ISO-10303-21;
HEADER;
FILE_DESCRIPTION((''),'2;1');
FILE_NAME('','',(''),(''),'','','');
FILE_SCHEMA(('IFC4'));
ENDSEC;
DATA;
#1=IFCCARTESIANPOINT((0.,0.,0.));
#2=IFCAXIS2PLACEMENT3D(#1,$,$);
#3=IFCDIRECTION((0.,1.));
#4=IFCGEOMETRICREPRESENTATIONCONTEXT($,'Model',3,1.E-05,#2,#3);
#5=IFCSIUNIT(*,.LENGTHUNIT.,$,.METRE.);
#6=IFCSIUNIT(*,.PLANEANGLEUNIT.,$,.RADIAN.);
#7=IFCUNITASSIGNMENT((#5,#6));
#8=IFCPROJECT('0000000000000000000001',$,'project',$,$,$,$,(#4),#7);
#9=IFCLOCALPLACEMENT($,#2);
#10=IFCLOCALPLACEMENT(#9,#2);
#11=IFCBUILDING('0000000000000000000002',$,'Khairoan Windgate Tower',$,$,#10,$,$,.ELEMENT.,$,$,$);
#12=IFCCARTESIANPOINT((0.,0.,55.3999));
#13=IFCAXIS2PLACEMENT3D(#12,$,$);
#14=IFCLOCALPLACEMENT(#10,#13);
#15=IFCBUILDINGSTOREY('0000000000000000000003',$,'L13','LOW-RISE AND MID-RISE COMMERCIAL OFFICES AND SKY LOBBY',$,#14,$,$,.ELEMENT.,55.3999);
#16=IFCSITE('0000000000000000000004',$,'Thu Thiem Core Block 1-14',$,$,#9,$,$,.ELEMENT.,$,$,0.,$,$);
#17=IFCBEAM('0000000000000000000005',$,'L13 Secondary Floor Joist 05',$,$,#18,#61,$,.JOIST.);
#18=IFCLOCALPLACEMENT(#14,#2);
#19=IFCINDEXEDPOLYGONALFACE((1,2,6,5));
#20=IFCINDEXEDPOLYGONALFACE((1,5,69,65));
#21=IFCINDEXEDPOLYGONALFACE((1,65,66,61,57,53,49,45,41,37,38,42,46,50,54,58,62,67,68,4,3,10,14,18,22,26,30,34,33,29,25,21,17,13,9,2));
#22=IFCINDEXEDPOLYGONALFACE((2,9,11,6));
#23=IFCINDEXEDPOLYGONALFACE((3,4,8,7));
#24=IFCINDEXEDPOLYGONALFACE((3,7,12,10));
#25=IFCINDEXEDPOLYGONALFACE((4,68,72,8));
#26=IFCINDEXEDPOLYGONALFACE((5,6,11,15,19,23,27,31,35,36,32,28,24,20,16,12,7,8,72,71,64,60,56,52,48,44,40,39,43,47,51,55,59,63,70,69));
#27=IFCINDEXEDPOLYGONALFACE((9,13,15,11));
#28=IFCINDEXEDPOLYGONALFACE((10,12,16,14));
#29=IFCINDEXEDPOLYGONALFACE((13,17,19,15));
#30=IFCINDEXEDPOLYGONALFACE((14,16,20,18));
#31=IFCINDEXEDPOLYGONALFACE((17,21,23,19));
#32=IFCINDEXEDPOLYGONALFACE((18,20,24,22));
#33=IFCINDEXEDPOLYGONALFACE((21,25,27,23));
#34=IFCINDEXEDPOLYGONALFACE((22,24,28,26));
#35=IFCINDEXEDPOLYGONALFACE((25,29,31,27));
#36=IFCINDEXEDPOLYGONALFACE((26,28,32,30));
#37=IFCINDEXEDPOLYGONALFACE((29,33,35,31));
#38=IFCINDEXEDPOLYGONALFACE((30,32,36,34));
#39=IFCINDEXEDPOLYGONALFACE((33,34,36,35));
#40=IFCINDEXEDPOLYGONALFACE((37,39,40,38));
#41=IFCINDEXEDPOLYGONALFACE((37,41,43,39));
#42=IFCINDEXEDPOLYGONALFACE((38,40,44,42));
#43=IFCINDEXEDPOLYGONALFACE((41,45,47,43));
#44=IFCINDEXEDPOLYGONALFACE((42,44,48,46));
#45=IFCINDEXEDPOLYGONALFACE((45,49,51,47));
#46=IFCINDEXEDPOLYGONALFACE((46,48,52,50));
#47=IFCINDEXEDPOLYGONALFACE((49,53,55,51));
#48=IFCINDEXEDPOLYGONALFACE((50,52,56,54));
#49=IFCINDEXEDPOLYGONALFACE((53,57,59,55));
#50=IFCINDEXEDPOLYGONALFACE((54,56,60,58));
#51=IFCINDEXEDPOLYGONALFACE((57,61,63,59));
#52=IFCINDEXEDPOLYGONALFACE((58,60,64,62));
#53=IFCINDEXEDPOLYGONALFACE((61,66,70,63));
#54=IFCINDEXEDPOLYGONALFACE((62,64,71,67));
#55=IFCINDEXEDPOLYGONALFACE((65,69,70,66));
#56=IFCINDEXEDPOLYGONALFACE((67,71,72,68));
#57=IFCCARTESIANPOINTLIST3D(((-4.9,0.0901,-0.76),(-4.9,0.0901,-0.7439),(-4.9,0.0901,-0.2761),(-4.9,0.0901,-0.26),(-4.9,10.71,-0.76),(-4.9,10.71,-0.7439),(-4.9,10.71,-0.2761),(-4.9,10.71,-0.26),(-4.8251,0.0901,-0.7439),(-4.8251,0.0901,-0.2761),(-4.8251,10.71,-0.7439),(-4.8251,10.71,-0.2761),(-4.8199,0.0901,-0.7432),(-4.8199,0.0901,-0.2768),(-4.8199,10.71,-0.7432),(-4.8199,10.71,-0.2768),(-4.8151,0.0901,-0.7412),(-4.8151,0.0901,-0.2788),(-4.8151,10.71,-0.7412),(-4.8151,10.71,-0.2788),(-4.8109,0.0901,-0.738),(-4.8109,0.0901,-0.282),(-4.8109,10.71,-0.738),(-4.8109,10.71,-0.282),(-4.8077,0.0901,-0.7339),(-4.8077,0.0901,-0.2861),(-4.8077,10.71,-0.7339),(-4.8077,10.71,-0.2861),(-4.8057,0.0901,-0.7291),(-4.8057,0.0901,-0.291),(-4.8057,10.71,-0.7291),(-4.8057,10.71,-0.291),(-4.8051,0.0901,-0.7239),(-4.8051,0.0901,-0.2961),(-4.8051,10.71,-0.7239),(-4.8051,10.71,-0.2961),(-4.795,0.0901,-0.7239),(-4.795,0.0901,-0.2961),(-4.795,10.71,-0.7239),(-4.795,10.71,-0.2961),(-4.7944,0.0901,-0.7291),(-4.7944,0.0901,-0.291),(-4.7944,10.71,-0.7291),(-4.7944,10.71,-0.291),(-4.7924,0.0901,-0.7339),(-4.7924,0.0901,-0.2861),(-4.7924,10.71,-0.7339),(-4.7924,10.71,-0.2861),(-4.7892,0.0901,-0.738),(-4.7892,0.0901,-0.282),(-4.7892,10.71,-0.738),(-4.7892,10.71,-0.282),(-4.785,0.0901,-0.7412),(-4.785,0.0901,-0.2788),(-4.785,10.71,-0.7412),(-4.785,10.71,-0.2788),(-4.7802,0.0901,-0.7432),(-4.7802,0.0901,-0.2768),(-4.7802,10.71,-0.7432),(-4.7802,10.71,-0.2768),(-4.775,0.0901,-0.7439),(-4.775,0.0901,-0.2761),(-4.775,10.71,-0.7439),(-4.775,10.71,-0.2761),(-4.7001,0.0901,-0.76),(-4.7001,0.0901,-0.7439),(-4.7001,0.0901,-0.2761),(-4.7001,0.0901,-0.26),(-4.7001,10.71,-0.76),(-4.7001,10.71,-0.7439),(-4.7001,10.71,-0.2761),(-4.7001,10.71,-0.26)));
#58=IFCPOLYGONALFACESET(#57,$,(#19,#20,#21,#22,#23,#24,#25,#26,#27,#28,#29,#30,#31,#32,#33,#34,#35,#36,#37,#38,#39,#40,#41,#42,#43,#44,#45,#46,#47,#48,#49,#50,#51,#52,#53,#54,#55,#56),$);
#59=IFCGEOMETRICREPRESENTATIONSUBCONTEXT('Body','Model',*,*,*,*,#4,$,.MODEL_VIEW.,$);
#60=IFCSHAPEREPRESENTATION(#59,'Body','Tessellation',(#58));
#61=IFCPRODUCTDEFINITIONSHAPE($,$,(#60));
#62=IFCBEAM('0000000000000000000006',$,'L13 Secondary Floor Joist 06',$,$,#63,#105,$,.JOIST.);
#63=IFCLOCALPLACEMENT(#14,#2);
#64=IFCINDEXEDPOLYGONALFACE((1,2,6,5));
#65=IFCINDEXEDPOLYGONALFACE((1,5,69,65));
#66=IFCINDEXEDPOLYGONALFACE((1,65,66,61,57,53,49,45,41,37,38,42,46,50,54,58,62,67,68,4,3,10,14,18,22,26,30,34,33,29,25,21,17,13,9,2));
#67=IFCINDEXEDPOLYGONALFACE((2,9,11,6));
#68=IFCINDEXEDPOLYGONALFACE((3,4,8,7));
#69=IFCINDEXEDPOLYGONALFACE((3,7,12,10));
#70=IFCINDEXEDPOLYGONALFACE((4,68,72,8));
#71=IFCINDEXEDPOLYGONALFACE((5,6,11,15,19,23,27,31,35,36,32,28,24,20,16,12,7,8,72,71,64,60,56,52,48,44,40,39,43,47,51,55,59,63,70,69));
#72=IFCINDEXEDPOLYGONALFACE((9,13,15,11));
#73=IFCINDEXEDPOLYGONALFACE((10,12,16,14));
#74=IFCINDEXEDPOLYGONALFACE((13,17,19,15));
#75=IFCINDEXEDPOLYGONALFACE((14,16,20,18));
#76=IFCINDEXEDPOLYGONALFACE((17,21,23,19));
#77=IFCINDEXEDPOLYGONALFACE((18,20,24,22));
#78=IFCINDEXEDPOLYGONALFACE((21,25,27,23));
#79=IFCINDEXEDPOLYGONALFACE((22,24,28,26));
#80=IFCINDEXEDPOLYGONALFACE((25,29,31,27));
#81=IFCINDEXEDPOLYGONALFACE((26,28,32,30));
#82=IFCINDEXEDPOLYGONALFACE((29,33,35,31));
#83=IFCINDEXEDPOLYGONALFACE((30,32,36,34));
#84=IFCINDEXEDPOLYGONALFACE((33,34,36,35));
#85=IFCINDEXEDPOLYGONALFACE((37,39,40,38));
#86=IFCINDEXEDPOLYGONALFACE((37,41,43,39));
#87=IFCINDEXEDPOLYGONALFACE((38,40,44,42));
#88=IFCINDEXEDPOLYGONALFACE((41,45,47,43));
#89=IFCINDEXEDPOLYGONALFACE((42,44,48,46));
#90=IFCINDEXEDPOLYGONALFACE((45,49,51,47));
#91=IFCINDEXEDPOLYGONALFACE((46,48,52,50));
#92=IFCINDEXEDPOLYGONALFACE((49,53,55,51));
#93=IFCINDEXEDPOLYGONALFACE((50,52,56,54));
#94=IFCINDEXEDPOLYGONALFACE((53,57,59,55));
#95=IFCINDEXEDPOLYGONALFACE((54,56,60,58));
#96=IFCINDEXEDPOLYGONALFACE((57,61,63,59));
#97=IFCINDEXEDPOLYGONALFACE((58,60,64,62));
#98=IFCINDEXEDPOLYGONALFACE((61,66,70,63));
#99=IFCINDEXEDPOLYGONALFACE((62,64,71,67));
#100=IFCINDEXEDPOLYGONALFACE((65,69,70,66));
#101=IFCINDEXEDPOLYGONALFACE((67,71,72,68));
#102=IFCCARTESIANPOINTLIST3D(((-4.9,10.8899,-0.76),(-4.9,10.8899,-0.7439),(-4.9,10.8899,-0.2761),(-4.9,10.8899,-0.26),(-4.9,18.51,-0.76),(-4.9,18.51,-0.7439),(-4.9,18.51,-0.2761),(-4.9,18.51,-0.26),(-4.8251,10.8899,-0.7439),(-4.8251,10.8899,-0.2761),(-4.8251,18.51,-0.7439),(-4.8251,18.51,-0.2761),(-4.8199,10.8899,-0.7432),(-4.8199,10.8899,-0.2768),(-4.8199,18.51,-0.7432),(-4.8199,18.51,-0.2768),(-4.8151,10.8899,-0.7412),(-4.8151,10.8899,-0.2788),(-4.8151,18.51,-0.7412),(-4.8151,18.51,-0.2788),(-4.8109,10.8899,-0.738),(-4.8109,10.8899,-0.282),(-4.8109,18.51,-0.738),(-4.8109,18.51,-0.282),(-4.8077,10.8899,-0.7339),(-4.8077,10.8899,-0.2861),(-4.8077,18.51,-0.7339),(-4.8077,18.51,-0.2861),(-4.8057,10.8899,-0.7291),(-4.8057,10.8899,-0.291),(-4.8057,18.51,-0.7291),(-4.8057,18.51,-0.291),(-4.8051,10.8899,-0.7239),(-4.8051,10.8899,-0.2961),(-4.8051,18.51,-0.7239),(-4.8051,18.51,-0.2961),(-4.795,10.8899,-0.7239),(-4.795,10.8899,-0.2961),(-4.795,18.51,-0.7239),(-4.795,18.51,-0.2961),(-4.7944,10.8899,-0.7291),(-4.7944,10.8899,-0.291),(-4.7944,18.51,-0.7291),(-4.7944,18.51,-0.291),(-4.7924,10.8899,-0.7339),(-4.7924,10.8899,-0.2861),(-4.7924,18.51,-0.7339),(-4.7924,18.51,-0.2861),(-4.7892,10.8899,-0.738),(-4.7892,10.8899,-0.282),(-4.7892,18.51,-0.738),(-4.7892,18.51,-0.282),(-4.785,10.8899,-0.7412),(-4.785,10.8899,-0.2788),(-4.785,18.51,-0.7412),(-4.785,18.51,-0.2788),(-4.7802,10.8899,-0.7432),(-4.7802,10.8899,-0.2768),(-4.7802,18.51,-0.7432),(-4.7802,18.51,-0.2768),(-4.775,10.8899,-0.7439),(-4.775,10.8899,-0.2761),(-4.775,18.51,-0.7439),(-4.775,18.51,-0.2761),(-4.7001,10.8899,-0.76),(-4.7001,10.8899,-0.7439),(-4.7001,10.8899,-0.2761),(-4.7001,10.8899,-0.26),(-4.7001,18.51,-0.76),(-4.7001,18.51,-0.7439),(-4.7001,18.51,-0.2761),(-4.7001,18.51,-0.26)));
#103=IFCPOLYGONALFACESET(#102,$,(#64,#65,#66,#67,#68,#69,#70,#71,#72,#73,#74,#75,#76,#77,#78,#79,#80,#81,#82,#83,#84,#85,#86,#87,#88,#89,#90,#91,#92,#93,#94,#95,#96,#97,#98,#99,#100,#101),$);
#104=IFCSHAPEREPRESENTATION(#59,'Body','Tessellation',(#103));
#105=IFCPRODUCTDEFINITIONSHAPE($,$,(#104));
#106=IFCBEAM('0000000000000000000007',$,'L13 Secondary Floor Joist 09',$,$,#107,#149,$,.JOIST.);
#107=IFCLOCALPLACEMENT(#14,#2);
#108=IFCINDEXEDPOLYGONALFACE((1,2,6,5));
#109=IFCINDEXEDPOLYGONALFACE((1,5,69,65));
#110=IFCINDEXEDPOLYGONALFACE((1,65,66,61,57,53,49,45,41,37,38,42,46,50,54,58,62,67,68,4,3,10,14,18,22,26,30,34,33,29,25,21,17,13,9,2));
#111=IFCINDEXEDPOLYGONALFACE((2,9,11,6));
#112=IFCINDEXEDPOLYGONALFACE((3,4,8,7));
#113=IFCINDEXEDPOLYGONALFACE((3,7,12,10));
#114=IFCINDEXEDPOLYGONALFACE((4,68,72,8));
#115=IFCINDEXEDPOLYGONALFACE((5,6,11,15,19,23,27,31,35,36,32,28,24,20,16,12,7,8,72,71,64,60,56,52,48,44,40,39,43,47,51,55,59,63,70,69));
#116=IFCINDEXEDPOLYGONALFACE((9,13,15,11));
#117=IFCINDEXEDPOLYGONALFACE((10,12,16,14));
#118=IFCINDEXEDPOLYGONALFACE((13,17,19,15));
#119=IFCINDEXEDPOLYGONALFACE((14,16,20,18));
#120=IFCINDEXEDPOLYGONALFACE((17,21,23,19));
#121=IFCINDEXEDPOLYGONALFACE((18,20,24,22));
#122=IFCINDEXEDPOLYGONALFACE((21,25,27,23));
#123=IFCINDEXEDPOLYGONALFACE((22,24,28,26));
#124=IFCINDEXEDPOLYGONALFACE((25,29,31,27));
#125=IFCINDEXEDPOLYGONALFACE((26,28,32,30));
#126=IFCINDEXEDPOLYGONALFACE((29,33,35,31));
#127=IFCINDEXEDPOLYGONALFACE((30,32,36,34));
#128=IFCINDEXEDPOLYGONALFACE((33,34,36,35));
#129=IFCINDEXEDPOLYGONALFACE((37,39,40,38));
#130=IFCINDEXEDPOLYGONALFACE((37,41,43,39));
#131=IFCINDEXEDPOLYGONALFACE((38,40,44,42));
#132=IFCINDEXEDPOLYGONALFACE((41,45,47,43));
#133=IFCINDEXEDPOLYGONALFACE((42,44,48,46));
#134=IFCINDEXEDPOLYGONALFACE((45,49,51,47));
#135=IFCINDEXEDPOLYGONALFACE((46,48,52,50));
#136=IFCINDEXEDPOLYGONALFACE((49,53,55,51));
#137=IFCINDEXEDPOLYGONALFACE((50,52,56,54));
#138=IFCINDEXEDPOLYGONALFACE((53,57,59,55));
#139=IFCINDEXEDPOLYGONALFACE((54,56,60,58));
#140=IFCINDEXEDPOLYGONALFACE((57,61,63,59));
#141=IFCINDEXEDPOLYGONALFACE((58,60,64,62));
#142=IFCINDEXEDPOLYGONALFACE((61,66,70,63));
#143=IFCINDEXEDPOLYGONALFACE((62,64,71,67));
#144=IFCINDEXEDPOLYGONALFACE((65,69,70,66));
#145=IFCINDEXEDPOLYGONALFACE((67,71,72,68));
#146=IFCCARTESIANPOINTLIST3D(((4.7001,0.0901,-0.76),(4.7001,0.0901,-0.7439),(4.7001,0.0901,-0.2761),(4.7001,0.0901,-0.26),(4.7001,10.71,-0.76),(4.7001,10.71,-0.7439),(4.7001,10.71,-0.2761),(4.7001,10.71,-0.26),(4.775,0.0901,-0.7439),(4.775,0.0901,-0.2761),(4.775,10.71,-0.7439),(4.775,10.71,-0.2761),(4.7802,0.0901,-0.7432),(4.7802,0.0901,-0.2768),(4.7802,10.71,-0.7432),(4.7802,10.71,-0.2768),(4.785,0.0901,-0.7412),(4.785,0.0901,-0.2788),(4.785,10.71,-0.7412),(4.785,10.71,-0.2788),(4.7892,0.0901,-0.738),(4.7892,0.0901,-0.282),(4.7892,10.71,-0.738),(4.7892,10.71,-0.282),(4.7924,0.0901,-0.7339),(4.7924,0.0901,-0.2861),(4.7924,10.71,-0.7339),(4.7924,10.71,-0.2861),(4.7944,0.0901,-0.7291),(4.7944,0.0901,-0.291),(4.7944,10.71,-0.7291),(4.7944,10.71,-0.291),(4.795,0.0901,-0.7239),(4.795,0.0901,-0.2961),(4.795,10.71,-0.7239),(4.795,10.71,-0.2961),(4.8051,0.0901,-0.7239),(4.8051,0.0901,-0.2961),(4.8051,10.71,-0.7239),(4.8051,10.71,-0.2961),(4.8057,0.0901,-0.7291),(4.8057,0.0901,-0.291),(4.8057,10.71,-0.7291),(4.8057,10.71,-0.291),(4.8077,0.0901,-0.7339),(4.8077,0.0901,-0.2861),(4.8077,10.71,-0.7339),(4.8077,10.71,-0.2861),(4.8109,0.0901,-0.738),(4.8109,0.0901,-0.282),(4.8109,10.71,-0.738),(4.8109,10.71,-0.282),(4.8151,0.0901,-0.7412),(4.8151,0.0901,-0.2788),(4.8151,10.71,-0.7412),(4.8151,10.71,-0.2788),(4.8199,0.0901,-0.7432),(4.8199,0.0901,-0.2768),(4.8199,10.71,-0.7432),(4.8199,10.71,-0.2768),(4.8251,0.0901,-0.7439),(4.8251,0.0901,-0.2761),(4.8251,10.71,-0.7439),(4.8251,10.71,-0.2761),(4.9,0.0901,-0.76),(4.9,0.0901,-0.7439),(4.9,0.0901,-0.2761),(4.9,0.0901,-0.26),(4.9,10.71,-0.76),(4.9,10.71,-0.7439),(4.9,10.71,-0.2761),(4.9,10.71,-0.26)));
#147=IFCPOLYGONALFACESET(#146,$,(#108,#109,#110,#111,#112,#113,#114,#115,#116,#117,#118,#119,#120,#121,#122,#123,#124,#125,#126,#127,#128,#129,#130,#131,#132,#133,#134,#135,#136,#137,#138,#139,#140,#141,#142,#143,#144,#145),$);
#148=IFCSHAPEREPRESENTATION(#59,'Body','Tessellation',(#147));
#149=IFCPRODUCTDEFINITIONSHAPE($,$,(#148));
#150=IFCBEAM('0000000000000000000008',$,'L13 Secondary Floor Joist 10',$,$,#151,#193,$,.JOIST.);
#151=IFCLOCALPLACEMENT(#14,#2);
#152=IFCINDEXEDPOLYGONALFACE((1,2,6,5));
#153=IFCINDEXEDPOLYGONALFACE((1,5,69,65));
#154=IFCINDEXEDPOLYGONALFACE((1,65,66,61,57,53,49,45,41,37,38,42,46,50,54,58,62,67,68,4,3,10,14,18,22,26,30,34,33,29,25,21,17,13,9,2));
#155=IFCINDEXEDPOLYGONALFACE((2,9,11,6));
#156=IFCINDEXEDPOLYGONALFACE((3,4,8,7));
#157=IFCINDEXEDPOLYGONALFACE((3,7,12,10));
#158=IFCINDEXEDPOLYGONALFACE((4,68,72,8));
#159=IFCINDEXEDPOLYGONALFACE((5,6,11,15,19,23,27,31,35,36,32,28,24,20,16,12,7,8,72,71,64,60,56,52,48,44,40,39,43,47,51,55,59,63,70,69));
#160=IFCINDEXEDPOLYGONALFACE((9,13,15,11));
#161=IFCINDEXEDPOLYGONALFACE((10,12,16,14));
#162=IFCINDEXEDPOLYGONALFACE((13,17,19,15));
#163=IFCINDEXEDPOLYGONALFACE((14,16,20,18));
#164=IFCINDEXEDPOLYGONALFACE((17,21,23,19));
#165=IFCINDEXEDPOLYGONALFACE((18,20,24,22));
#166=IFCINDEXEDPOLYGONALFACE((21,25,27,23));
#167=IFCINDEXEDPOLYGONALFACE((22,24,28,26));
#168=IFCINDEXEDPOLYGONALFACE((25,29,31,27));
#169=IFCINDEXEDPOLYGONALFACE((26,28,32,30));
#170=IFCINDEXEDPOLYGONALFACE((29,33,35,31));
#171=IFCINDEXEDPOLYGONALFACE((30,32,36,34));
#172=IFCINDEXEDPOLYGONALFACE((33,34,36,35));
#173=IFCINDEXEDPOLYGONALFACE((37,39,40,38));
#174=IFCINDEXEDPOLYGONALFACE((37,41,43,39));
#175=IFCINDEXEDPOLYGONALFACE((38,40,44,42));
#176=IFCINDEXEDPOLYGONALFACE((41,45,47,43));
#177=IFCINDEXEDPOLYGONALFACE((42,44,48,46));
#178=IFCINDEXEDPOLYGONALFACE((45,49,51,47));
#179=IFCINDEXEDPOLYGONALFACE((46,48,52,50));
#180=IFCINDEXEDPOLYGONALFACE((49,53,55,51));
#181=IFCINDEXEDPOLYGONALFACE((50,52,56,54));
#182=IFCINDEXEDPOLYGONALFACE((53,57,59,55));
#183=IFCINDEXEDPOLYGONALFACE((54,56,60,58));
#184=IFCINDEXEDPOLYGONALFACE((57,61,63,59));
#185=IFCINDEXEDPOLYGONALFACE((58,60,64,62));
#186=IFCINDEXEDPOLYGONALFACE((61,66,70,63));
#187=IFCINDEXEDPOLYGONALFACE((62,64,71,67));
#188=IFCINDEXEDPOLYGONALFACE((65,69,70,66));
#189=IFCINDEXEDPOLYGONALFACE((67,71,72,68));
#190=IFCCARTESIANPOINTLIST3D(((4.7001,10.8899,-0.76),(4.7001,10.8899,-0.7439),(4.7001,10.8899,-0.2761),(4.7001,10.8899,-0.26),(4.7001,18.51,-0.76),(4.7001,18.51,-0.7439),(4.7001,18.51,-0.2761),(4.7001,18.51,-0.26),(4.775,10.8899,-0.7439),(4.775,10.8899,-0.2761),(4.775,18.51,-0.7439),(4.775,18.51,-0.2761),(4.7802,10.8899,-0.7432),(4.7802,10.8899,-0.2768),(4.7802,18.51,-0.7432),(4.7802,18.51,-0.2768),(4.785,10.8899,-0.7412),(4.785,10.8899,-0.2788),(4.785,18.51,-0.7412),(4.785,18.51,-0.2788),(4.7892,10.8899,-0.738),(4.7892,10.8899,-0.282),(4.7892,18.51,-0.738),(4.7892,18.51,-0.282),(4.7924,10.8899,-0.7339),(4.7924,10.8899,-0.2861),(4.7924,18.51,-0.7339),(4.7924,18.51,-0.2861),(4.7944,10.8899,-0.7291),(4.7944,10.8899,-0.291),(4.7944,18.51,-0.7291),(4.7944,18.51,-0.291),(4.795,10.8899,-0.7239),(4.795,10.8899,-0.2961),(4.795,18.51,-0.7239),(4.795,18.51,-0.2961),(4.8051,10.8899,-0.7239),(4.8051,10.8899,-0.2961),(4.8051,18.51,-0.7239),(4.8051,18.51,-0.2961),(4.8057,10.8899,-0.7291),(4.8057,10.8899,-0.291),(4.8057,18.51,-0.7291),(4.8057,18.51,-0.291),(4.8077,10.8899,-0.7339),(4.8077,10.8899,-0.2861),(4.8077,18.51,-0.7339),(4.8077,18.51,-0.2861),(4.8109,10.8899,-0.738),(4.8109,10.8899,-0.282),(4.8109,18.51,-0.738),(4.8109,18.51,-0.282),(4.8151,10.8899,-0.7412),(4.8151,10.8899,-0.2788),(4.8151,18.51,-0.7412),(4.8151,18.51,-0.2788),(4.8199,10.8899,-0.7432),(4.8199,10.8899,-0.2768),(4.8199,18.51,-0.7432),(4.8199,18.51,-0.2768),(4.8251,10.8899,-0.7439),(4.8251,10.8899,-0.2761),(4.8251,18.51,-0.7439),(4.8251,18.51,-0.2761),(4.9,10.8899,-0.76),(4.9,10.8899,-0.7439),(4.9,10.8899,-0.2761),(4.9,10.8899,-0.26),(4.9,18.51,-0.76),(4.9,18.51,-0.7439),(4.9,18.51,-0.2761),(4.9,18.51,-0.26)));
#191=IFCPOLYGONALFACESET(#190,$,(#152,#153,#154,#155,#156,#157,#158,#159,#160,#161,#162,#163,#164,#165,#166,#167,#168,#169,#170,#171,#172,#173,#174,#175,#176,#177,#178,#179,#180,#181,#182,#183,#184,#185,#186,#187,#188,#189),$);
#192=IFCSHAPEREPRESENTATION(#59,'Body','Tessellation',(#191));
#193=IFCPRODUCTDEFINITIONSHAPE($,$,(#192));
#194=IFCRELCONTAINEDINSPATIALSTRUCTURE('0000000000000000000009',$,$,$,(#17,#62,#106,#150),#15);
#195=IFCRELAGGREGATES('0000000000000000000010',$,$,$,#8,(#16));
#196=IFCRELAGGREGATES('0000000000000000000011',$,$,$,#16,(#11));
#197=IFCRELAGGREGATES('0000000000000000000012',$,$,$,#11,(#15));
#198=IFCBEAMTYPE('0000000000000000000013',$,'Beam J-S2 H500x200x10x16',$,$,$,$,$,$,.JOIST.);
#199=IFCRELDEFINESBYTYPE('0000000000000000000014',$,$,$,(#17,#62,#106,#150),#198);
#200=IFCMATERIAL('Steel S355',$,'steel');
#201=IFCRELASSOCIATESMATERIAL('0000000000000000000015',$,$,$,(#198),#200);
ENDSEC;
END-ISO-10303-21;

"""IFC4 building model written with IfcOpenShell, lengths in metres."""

from ifc_helpers import new_model, si_unit, direction, frame, origin, origin_2d, place, context, subcontext, project, spatial, i_section, extrude, material, material_profile, profile_set, type_object, element, save


model = new_model("IFC4")

# Units and contexts
model_context = context("Model", 3, precision=1e-05, world=origin(), true_north=direction((0.0, 1.0)))
body_context = subcontext(model_context, "Body", "Model", "MODEL_VIEW")
ifc_project = project(units=[si_unit("LENGTHUNIT", "METRE"), si_unit("PLANEANGLEUNIT", "RADIAN")], contexts=[model_context])

# Site, building, storey
site_placement = place(None, origin())
site = spatial("IfcSite", under=ifc_project, at=site_placement, Name="Thu Thiem Core Block 1-14", CompositionType="ELEMENT", RefElevation=0.0)
building_placement = place(site_placement, origin())
building = spatial("IfcBuilding", under=site, at=building_placement, Name="Khairoan Windgate Tower", CompositionType="ELEMENT")
storey_placement = place(building_placement, frame((0.0, 0.0, 55.3999)))
storey = spatial("IfcBuildingStorey", under=building, at=storey_placement, Name="L13", Description="LOW-RISE AND MID-RISE COMMERCIAL OFFICES AND SKY LOBBY", CompositionType="ELEMENT", Elevation=55.3999)

# Beams
ifc_material_1 = material(Name="Steel S355", Category="steel")
ifc_material_profile_1 = material_profile(ifc_material_1, i_section(OverallWidth=0.2, OverallDepth=0.5, WebThickness=0.01, FlangeThickness=0.0161, FilletRadius=0.02, at=origin_2d()))
ifc_profile_set_1 = profile_set([ifc_material_profile_1], Name="Steel S355")
beam_type_1 = type_object("IfcBeamType", Name="Beam J-S2 H500x200x10x16", PredefinedType="JOIST", material=ifc_profile_set_1)
beam_1_placement = place(storey_placement, frame((-4.8, 0.0901, -0.51), z_axis=(0.0, 1.0, 0.0), x_axis=(-1.0, 0.0, 0.0)))
element("IfcBeam", 1, at=beam_1_placement, inside=storey, type_object=beam_type_1, Name="L13 Secondary Floor Joist 05", PredefinedType="JOIST", context=body_context, shape_type="SweptSolid", body=[
    extrude(i_section(OverallWidth=0.2, OverallDepth=0.5, WebThickness=0.01, FlangeThickness=0.0161, FilletRadius=0.02, at=origin_2d()), origin(), (0.0, 0.0, 1.0), 10.6199),
])
beam_2_placement = place(storey_placement, frame((-4.8, 10.8899, -0.51), z_axis=(0.0, 1.0, 0.0), x_axis=(-1.0, 0.0, 0.0)))
element("IfcBeam", 2, at=beam_2_placement, inside=storey, type_object=beam_type_1, Name="L13 Secondary Floor Joist 06", PredefinedType="JOIST", context=body_context, shape_type="SweptSolid", body=[
    extrude(i_section(OverallWidth=0.2, OverallDepth=0.5, WebThickness=0.01, FlangeThickness=0.0161, FilletRadius=0.02, at=origin_2d()), origin(), (0.0, 0.0, 1.0), 7.6201),
])
beam_3_placement = place(storey_placement, frame((4.8, 0.0901, -0.51), z_axis=(0.0, 1.0, 0.0), x_axis=(-1.0, 0.0, 0.0)))
element("IfcBeam", 3, at=beam_3_placement, inside=storey, type_object=beam_type_1, Name="L13 Secondary Floor Joist 09", PredefinedType="JOIST", context=body_context, shape_type="SweptSolid", body=[
    extrude(i_section(OverallWidth=0.2, OverallDepth=0.5, WebThickness=0.01, FlangeThickness=0.0161, FilletRadius=0.02, at=origin_2d()), origin(), (0.0, 0.0, 1.0), 10.6199),
])
beam_4_placement = place(storey_placement, frame((4.8, 10.8899, -0.51), z_axis=(0.0, 1.0, 0.0), x_axis=(-1.0, 0.0, 0.0)))
element("IfcBeam", 4, at=beam_4_placement, inside=storey, type_object=beam_type_1, Name="L13 Secondary Floor Joist 10", PredefinedType="JOIST", context=body_context, shape_type="SweptSolid", body=[
    extrude(i_section(OverallWidth=0.2, OverallDepth=0.5, WebThickness=0.01, FlangeThickness=0.0161, FilletRadius=0.02, at=origin_2d()), origin(), (0.0, 0.0, 1.0), 7.6201),
])

save(model, "model.ifc")
